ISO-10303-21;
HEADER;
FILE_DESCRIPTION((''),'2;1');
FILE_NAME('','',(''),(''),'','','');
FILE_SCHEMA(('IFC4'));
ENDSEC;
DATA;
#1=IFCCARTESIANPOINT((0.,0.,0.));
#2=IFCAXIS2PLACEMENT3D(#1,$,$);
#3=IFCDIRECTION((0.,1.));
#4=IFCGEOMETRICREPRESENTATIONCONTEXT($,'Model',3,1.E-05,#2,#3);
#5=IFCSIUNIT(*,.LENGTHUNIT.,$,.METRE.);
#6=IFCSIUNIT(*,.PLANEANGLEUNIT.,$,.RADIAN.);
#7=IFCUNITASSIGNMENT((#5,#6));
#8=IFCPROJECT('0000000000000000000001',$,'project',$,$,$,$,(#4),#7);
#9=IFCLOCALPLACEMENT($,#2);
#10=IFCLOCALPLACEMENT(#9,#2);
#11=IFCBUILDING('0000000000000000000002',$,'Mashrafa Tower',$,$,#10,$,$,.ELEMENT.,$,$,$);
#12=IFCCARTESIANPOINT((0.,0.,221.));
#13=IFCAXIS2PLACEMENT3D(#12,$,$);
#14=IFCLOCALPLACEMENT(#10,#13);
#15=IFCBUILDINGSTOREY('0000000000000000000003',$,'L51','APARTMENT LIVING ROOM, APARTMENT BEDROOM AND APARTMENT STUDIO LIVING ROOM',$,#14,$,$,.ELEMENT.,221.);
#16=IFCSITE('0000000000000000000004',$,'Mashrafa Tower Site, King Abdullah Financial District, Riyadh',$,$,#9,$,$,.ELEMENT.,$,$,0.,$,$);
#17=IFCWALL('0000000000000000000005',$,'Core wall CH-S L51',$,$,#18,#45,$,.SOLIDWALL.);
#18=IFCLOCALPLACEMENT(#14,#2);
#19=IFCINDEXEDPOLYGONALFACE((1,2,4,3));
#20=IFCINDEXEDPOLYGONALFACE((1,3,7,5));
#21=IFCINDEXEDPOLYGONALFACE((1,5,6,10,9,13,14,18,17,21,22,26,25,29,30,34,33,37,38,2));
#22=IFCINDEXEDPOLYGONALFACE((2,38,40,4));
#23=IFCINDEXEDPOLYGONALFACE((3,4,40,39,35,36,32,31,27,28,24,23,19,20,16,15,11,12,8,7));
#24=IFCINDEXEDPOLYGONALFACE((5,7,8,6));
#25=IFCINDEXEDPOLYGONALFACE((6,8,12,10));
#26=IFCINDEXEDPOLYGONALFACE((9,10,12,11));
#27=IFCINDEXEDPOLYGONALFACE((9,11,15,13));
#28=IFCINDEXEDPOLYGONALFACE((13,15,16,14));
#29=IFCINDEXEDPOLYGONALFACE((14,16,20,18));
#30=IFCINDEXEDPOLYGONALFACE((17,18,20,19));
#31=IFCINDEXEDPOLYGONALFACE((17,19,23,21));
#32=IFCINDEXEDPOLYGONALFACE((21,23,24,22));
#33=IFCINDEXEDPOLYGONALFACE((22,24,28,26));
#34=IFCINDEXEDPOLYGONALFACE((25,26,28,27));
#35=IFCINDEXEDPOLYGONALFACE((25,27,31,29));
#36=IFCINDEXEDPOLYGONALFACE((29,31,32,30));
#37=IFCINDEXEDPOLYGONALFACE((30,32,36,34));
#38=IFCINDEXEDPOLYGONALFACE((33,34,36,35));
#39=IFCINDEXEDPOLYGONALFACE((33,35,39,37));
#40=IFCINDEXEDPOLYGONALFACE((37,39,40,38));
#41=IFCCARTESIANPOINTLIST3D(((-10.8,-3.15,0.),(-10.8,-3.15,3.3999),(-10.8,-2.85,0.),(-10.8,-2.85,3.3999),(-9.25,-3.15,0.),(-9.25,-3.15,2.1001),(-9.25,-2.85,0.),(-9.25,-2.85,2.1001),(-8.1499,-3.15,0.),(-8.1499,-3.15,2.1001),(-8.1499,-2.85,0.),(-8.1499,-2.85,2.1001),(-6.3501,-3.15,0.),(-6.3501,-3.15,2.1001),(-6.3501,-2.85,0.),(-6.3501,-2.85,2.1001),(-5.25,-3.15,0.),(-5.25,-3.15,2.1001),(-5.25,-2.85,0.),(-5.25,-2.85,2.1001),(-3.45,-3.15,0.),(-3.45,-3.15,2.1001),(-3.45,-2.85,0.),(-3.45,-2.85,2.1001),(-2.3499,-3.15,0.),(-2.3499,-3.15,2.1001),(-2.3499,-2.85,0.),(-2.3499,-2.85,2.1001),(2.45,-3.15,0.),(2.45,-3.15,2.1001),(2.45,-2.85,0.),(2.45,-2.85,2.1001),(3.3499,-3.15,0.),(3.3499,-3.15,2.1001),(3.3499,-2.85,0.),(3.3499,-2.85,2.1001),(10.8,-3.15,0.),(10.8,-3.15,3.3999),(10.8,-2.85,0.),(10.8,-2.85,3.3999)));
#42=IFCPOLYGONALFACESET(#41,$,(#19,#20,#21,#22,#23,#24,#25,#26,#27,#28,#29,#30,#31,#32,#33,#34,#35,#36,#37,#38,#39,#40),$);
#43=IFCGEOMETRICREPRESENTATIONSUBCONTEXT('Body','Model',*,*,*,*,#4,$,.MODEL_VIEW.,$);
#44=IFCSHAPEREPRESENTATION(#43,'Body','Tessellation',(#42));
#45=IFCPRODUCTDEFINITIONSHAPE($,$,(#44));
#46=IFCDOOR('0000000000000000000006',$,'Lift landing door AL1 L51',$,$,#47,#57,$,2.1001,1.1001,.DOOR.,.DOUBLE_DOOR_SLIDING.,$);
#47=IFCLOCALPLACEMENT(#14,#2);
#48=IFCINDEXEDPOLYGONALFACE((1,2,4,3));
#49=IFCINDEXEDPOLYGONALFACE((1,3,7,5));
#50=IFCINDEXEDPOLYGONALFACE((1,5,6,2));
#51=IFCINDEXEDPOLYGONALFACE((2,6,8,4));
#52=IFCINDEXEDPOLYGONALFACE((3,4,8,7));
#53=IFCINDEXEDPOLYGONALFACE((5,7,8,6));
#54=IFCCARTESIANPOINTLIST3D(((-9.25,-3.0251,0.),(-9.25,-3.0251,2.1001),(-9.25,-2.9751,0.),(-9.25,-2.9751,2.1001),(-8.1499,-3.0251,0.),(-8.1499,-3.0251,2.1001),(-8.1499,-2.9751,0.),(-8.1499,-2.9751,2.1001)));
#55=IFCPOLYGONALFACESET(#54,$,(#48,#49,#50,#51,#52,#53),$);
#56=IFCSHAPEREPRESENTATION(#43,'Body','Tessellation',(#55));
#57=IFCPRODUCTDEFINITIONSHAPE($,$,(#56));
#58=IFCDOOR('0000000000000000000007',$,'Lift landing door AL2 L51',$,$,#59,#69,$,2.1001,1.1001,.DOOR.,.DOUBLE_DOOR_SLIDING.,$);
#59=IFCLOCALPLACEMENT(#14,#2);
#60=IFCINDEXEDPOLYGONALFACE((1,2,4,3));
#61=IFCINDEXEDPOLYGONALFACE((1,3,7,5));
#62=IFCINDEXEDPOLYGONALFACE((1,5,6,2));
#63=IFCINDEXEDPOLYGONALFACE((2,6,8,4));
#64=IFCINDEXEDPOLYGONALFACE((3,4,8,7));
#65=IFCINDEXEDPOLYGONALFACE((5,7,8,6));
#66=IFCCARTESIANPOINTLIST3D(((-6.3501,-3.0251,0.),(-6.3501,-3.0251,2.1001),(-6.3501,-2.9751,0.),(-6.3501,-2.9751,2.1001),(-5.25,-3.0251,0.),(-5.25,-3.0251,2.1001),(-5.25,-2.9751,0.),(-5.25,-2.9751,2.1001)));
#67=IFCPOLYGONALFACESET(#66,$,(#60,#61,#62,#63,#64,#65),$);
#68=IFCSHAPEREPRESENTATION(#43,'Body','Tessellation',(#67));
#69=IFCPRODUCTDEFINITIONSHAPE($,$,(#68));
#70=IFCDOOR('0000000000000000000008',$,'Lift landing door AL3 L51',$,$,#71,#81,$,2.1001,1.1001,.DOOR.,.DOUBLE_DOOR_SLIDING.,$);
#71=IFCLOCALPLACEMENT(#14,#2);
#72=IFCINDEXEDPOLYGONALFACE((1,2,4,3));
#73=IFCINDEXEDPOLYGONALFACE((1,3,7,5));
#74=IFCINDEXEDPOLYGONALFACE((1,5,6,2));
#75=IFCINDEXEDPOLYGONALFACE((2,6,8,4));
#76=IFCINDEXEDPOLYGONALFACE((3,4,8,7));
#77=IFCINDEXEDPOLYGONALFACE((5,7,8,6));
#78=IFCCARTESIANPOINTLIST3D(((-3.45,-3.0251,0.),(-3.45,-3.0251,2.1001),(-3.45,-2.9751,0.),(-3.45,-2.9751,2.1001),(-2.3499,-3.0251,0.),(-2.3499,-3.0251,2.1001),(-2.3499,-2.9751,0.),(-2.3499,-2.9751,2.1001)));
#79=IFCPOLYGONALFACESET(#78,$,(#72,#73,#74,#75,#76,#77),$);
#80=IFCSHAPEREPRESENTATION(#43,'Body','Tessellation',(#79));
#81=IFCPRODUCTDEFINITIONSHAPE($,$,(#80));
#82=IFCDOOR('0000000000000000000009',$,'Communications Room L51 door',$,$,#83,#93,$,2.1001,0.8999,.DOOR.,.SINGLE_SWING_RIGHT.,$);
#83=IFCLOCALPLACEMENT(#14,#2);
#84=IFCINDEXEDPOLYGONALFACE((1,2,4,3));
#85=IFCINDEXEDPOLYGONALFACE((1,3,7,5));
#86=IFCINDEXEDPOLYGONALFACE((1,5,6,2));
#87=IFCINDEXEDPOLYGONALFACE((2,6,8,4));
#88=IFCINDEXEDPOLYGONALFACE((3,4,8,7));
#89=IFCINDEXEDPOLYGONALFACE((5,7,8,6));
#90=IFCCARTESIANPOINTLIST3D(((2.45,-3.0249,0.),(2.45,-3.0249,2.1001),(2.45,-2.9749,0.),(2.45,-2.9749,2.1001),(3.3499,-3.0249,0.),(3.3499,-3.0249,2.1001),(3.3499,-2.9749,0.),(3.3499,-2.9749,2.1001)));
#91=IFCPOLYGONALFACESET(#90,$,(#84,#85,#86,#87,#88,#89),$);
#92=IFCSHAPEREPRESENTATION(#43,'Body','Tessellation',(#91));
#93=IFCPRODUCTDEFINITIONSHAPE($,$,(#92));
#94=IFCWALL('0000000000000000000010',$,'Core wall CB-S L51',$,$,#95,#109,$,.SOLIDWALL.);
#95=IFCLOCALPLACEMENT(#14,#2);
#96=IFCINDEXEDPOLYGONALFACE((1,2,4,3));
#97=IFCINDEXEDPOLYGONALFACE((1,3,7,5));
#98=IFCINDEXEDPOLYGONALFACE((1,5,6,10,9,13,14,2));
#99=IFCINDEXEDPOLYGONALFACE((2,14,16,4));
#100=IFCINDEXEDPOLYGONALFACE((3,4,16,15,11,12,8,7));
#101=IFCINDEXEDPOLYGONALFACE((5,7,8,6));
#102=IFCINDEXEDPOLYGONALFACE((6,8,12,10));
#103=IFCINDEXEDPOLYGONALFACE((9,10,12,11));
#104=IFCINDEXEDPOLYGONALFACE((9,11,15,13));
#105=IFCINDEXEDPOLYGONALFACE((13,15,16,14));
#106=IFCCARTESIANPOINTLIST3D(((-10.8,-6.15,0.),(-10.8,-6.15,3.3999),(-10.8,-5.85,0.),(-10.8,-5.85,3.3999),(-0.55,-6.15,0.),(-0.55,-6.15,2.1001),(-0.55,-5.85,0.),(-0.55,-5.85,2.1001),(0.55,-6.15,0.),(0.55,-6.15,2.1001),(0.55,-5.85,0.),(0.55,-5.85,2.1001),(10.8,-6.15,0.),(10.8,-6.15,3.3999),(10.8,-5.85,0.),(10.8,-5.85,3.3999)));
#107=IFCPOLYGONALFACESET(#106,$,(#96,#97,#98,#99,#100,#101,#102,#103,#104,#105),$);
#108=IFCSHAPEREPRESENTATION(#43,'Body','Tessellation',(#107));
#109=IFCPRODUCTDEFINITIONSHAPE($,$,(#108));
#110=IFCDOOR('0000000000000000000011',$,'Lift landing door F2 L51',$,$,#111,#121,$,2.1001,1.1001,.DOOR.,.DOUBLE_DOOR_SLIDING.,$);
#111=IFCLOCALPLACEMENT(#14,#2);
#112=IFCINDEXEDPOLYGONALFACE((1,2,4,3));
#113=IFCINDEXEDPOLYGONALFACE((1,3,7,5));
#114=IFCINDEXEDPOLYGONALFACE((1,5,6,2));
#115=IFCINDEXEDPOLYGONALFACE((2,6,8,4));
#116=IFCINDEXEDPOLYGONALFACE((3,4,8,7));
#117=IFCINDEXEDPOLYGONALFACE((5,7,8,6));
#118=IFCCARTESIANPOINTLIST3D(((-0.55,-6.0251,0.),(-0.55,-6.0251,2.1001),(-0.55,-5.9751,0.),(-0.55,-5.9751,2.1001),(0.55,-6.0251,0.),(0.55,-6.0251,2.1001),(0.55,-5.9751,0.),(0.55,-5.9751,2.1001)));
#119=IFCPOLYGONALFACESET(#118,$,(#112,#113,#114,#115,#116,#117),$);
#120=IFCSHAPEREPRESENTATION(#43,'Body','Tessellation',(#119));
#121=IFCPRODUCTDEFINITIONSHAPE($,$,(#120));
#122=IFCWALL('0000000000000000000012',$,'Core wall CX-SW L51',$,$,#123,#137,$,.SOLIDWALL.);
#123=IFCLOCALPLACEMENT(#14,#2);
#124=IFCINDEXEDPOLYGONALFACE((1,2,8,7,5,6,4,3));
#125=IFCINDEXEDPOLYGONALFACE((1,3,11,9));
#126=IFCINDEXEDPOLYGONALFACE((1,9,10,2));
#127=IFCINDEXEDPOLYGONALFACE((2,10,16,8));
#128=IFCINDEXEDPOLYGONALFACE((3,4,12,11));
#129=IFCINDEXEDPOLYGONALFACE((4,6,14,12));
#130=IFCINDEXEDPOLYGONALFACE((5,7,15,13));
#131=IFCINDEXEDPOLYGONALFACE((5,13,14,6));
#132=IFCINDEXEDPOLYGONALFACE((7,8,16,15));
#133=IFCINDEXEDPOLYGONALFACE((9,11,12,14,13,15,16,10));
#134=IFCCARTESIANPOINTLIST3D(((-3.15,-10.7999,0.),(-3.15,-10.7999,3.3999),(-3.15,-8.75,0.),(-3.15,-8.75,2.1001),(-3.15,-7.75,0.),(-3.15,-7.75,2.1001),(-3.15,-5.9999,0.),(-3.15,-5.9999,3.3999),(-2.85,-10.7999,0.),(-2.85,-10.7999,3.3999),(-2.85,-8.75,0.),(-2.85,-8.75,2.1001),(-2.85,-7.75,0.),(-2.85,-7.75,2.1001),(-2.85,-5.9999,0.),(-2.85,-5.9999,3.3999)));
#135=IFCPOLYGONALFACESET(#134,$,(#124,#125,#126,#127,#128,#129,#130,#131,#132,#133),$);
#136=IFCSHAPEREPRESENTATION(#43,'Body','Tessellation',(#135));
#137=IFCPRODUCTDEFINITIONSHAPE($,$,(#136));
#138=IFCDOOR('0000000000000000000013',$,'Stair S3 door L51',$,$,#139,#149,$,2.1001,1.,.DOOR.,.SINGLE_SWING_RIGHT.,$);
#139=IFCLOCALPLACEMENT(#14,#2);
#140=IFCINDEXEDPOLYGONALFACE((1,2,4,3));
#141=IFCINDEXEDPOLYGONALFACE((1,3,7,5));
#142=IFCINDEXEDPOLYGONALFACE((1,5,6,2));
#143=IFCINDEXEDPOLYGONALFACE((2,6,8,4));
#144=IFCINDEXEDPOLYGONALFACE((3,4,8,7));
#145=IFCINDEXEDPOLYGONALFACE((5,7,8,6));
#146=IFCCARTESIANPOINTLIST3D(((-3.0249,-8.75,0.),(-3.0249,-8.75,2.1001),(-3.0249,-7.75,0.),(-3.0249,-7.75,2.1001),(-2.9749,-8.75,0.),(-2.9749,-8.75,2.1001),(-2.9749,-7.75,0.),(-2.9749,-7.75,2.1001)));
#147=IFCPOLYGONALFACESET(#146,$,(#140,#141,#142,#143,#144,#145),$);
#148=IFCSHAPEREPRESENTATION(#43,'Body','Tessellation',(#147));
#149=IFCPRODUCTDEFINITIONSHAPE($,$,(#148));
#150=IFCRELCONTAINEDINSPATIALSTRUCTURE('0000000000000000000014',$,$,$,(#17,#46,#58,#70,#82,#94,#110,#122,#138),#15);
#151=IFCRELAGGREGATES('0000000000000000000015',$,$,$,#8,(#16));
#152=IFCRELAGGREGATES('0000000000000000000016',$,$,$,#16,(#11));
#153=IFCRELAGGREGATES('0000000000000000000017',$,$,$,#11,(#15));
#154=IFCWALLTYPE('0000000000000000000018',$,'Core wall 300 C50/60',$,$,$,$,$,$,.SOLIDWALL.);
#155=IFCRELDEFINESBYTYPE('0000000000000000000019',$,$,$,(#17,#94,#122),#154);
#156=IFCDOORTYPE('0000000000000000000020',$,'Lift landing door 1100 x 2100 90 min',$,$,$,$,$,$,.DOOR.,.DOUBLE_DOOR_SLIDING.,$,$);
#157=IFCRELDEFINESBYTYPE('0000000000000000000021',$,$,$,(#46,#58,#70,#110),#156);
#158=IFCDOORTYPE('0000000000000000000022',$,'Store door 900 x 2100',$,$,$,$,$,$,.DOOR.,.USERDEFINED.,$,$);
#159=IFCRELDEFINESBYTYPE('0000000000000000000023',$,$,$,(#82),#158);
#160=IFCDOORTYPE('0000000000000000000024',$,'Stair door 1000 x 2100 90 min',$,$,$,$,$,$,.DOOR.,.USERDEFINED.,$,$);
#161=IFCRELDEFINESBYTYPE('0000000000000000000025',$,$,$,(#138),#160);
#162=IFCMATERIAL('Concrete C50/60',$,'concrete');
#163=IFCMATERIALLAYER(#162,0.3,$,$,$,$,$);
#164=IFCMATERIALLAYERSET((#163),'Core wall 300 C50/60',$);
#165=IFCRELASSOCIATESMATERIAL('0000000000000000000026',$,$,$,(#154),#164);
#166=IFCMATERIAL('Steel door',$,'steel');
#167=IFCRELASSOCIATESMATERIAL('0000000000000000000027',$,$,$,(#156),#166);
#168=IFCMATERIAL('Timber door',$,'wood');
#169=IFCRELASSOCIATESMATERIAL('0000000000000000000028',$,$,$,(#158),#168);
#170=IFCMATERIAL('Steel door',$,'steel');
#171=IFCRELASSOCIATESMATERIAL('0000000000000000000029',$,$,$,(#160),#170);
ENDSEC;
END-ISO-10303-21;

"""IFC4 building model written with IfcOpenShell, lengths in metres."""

from ifc_helpers import new_model, si_unit, direction, frame, frame_2d, origin, place, context, subcontext, project, spatial, rectangle, extrude, material, layer, layer_set, type_object, element, fill, save


model = new_model("IFC4")

# Units and contexts
model_context = context("Model", 3, precision=1e-05, world=origin(), true_north=direction((0.0, 1.0)))
body_context = subcontext(model_context, "Body", "Model", "MODEL_VIEW")
ifc_project = project(units=[si_unit("LENGTHUNIT", "METRE"), si_unit("PLANEANGLEUNIT", "RADIAN")], contexts=[model_context])

# Site, building, storey
site_placement = place(None, origin())
site = spatial("IfcSite", under=ifc_project, at=site_placement, Name="Mashrafa Tower Site, King Abdullah Financial District, Riyadh", CompositionType="ELEMENT", RefElevation=0.0)
building_placement = place(site_placement, origin())
building = spatial("IfcBuilding", under=site, at=building_placement, Name="Mashrafa Tower", CompositionType="ELEMENT")
storey_placement = place(building_placement, frame((0.0, 0.0, 221.0)))
storey = spatial("IfcBuildingStorey", under=building, at=storey_placement, Name="L51", Description="APARTMENT LIVING ROOM, APARTMENT BEDROOM AND APARTMENT STUDIO LIVING ROOM", CompositionType="ELEMENT", Elevation=221.0)

# Wall, openings, doors
ifc_material_1 = material(Name="Concrete C50/60", Category="concrete")
ifc_layer_1 = layer(ifc_material_1, 0.3)
ifc_layer_set_1 = layer_set([ifc_layer_1], Name="Core wall 300 C50/60")
wall_type_1 = type_object("IfcWallType", Name="Core wall 300 C50/60", PredefinedType="SOLIDWALL", material=ifc_layer_set_1)
wall_1_placement = place(storey_placement, frame((-10.8, -3.0, 0.0), z_axis=(0.0, 0.0, 1.0), x_axis=(1.0, 0.0, 0.0)))
wall_1 = element("IfcWall", 1, at=wall_1_placement, inside=storey, type_object=wall_type_1, Name="Core wall CH-S L51", PredefinedType="SOLIDWALL", context=body_context, shape_type="SweptSolid", body=[
    extrude(rectangle(XDim=21.6001, YDim=0.3, at=frame_2d((10.8, 0.0))), origin(), (0.0, 0.0, 1.0), 3.3999),
])
opening_1_placement = place(wall_1_placement, frame((13.25, 0.0, 0.0)))
opening_1 = element("IfcOpeningElement", 2, at=opening_1_placement, cuts=wall_1, PredefinedType="OPENING", context=body_context, shape_type="SweptSolid", body=[
    extrude(rectangle(XDim=0.8999, YDim=2.1001, at=frame_2d((0.45, 1.05))), frame((0.0, 0.1599, 0.0), z_axis=(0.0, -1.0, 0.0), x_axis=(1.0, 0.0, 0.0)), (0.0, 0.0, 1.0), 0.3201),
])
opening_2_placement = place(wall_1_placement, frame((1.55, 0.0, 0.0)))
opening_2 = element("IfcOpeningElement", 3, at=opening_2_placement, cuts=wall_1, PredefinedType="OPENING", context=body_context, shape_type="SweptSolid", body=[
    extrude(rectangle(XDim=1.1001, YDim=2.1001, at=frame_2d((0.55, 1.05))), frame((0.0, 0.1599, 0.0), z_axis=(0.0, -1.0, 0.0), x_axis=(1.0, 0.0, 0.0)), (0.0, 0.0, 1.0), 0.3201),
])
opening_3_placement = place(wall_1_placement, frame((4.45, 0.0, 0.0)))
opening_3 = element("IfcOpeningElement", 4, at=opening_3_placement, cuts=wall_1, PredefinedType="OPENING", context=body_context, shape_type="SweptSolid", body=[
    extrude(rectangle(XDim=1.1001, YDim=2.1001, at=frame_2d((0.55, 1.05))), frame((0.0, 0.1599, 0.0), z_axis=(0.0, -1.0, 0.0), x_axis=(1.0, 0.0, 0.0)), (0.0, 0.0, 1.0), 0.3201),
])
opening_4_placement = place(wall_1_placement, frame((7.3501, 0.0, 0.0)))
opening_4 = element("IfcOpeningElement", 5, at=opening_4_placement, cuts=wall_1, PredefinedType="OPENING", context=body_context, shape_type="SweptSolid", body=[
    extrude(rectangle(XDim=1.1001, YDim=2.1001, at=frame_2d((0.55, 1.05))), frame((0.0, 0.1599, 0.0), z_axis=(0.0, -1.0, 0.0), x_axis=(1.0, 0.0, 0.0)), (0.0, 0.0, 1.0), 0.3201),
])
ifc_material_2 = material(Name="Steel door", Category="steel")
door_type_1 = type_object("IfcDoorType", Name="Lift landing door 1100 x 2100 90 min", OperationType="DOUBLE_DOOR_SLIDING", PredefinedType="DOOR", material=ifc_material_2)
door_1_placement = place(opening_2_placement, origin())
door_1 = element("IfcDoor", 6, at=door_1_placement, inside=storey, type_object=door_type_1, Name="Lift landing door AL1 L51", OperationType="DOUBLE_DOOR_SLIDING", OverallHeight=2.1001, OverallWidth=1.1001, PredefinedType="DOOR", context=body_context, shape_type="SweptSolid", body=[
    extrude(rectangle(XDim=1.1001, YDim=2.1001, at=frame_2d((0.55, 1.05))), frame((0.0, 0.0249, 0.0), z_axis=(0.0, -1.0, 0.0), x_axis=(1.0, 0.0, 0.0)), (0.0, 0.0, 1.0), 0.05),
])
fill(opening_2, door_1)
door_2_placement = place(opening_3_placement, origin())
door_2 = element("IfcDoor", 7, at=door_2_placement, inside=storey, type_object=door_type_1, Name="Lift landing door AL2 L51", OperationType="DOUBLE_DOOR_SLIDING", OverallHeight=2.1001, OverallWidth=1.1001, PredefinedType="DOOR", context=body_context, shape_type="SweptSolid", body=[
    extrude(rectangle(XDim=1.1001, YDim=2.1001, at=frame_2d((0.55, 1.05))), frame((0.0, 0.0249, 0.0), z_axis=(0.0, -1.0, 0.0), x_axis=(1.0, 0.0, 0.0)), (0.0, 0.0, 1.0), 0.05),
])
fill(opening_3, door_2)
door_3_placement = place(opening_4_placement, origin())
door_3 = element("IfcDoor", 8, at=door_3_placement, inside=storey, type_object=door_type_1, Name="Lift landing door AL3 L51", OperationType="DOUBLE_DOOR_SLIDING", OverallHeight=2.1001, OverallWidth=1.1001, PredefinedType="DOOR", context=body_context, shape_type="SweptSolid", body=[
    extrude(rectangle(XDim=1.1001, YDim=2.1001, at=frame_2d((0.55, 1.05))), frame((0.0, 0.0249, 0.0), z_axis=(0.0, -1.0, 0.0), x_axis=(1.0, 0.0, 0.0)), (0.0, 0.0, 1.0), 0.05),
])
fill(opening_4, door_3)
ifc_material_3 = material(Name="Timber door", Category="wood")
door_type_2 = type_object("IfcDoorType", Name="Store door 900 x 2100", OperationType="USERDEFINED", PredefinedType="DOOR", material=ifc_material_3)
door_4_placement = place(opening_1_placement, frame((0.8999, 0.0, 0.0), z_axis=(0.0, 0.0, 1.0), x_axis=(-1.0, 0.0, 0.0)))
door_4 = element("IfcDoor", 9, at=door_4_placement, inside=storey, type_object=door_type_2, Name="Communications Room L51 door", OperationType="SINGLE_SWING_RIGHT", OverallHeight=2.1001, OverallWidth=0.8999, PredefinedType="DOOR", context=body_context, shape_type="SweptSolid", body=[
    extrude(rectangle(XDim=0.8999, YDim=2.1001, at=frame_2d((0.45, 1.05))), frame((0.0, 0.0249, 0.0), z_axis=(0.0, -1.0, 0.0), x_axis=(1.0, 0.0, 0.0)), (0.0, 0.0, 1.0), 0.05),
])
fill(opening_1, door_4)

# Walls, openings, doors
wall_2_placement = place(storey_placement, frame((-10.8, -6.0, 0.0), z_axis=(0.0, 0.0, 1.0), x_axis=(1.0, 0.0, 0.0)))
wall_2 = element("IfcWall", 10, at=wall_2_placement, inside=storey, type_object=wall_type_1, Name="Core wall CB-S L51", PredefinedType="SOLIDWALL", context=body_context, shape_type="SweptSolid", body=[
    extrude(rectangle(XDim=21.6001, YDim=0.3, at=frame_2d((10.8, 0.0))), origin(), (0.0, 0.0, 1.0), 3.3999),
])
opening_5_placement = place(wall_2_placement, frame((10.25, 0.0, 0.0)))
opening_5 = element("IfcOpeningElement", 11, at=opening_5_placement, cuts=wall_2, PredefinedType="OPENING", context=body_context, shape_type="SweptSolid", body=[
    extrude(rectangle(XDim=1.1001, YDim=2.1001, at=frame_2d((0.55, 1.05))), frame((0.0, 0.1599, 0.0), z_axis=(0.0, -1.0, 0.0), x_axis=(1.0, 0.0, 0.0)), (0.0, 0.0, 1.0), 0.3201),
])
door_5_placement = place(opening_5_placement, origin())
door_5 = element("IfcDoor", 12, at=door_5_placement, inside=storey, type_object=door_type_1, Name="Lift landing door F2 L51", OperationType="DOUBLE_DOOR_SLIDING", OverallHeight=2.1001, OverallWidth=1.1001, PredefinedType="DOOR", context=body_context, shape_type="SweptSolid", body=[
    extrude(rectangle(XDim=1.1001, YDim=2.1001, at=frame_2d((0.55, 1.05))), frame((0.0, 0.0249, 0.0), z_axis=(0.0, -1.0, 0.0), x_axis=(1.0, 0.0, 0.0)), (0.0, 0.0, 1.0), 0.05),
])
fill(opening_5, door_5)
wall_3_placement = place(storey_placement, frame((-3.0, -6.0, 0.0), z_axis=(0.0, 0.0, 1.0), x_axis=(0.0, -1.0, 0.0)))
wall_3 = element("IfcWall", 13, at=wall_3_placement, inside=storey, type_object=wall_type_1, Name="Core wall CX-SW L51", PredefinedType="SOLIDWALL", context=body_context, shape_type="SweptSolid", body=[
    extrude(rectangle(XDim=4.8, YDim=0.3, at=frame_2d((2.3999, 0.0))), origin(), (0.0, 0.0, 1.0), 3.3999),
])
opening_6_placement = place(wall_3_placement, frame((1.75, 0.0, 0.0)))
opening_6 = element("IfcOpeningElement", 14, at=opening_6_placement, cuts=wall_3, PredefinedType="OPENING", context=body_context, shape_type="SweptSolid", body=[
    extrude(rectangle(XDim=1.0, YDim=2.1001, at=frame_2d((0.5, 1.05))), frame((0.0, 0.1599, 0.0), z_axis=(0.0, -1.0, 0.0), x_axis=(1.0, 0.0, 0.0)), (0.0, 0.0, 1.0), 0.3201),
])
ifc_material_4 = material(Name="Steel door", Category="steel")
door_type_3 = type_object("IfcDoorType", Name="Stair door 1000 x 2100 90 min", OperationType="USERDEFINED", PredefinedType="DOOR", material=ifc_material_4)
door_6_placement = place(opening_6_placement, frame((1.0, 0.0, 0.0), z_axis=(0.0, 0.0, 1.0), x_axis=(-1.0, 0.0, 0.0)))
door_6 = element("IfcDoor", 15, at=door_6_placement, inside=storey, type_object=door_type_3, Name="Stair S3 door L51", OperationType="SINGLE_SWING_RIGHT", OverallHeight=2.1001, OverallWidth=1.0, PredefinedType="DOOR", context=body_context, shape_type="SweptSolid", body=[
    extrude(rectangle(XDim=1.0, YDim=2.1001, at=frame_2d((0.5, 1.05))), frame((0.0, 0.0249, 0.0), z_axis=(0.0, -1.0, 0.0), x_axis=(1.0, 0.0, 0.0)), (0.0, 0.0, 1.0), 0.05),
])
fill(opening_6, door_6)

save(model, "model.ifc")
